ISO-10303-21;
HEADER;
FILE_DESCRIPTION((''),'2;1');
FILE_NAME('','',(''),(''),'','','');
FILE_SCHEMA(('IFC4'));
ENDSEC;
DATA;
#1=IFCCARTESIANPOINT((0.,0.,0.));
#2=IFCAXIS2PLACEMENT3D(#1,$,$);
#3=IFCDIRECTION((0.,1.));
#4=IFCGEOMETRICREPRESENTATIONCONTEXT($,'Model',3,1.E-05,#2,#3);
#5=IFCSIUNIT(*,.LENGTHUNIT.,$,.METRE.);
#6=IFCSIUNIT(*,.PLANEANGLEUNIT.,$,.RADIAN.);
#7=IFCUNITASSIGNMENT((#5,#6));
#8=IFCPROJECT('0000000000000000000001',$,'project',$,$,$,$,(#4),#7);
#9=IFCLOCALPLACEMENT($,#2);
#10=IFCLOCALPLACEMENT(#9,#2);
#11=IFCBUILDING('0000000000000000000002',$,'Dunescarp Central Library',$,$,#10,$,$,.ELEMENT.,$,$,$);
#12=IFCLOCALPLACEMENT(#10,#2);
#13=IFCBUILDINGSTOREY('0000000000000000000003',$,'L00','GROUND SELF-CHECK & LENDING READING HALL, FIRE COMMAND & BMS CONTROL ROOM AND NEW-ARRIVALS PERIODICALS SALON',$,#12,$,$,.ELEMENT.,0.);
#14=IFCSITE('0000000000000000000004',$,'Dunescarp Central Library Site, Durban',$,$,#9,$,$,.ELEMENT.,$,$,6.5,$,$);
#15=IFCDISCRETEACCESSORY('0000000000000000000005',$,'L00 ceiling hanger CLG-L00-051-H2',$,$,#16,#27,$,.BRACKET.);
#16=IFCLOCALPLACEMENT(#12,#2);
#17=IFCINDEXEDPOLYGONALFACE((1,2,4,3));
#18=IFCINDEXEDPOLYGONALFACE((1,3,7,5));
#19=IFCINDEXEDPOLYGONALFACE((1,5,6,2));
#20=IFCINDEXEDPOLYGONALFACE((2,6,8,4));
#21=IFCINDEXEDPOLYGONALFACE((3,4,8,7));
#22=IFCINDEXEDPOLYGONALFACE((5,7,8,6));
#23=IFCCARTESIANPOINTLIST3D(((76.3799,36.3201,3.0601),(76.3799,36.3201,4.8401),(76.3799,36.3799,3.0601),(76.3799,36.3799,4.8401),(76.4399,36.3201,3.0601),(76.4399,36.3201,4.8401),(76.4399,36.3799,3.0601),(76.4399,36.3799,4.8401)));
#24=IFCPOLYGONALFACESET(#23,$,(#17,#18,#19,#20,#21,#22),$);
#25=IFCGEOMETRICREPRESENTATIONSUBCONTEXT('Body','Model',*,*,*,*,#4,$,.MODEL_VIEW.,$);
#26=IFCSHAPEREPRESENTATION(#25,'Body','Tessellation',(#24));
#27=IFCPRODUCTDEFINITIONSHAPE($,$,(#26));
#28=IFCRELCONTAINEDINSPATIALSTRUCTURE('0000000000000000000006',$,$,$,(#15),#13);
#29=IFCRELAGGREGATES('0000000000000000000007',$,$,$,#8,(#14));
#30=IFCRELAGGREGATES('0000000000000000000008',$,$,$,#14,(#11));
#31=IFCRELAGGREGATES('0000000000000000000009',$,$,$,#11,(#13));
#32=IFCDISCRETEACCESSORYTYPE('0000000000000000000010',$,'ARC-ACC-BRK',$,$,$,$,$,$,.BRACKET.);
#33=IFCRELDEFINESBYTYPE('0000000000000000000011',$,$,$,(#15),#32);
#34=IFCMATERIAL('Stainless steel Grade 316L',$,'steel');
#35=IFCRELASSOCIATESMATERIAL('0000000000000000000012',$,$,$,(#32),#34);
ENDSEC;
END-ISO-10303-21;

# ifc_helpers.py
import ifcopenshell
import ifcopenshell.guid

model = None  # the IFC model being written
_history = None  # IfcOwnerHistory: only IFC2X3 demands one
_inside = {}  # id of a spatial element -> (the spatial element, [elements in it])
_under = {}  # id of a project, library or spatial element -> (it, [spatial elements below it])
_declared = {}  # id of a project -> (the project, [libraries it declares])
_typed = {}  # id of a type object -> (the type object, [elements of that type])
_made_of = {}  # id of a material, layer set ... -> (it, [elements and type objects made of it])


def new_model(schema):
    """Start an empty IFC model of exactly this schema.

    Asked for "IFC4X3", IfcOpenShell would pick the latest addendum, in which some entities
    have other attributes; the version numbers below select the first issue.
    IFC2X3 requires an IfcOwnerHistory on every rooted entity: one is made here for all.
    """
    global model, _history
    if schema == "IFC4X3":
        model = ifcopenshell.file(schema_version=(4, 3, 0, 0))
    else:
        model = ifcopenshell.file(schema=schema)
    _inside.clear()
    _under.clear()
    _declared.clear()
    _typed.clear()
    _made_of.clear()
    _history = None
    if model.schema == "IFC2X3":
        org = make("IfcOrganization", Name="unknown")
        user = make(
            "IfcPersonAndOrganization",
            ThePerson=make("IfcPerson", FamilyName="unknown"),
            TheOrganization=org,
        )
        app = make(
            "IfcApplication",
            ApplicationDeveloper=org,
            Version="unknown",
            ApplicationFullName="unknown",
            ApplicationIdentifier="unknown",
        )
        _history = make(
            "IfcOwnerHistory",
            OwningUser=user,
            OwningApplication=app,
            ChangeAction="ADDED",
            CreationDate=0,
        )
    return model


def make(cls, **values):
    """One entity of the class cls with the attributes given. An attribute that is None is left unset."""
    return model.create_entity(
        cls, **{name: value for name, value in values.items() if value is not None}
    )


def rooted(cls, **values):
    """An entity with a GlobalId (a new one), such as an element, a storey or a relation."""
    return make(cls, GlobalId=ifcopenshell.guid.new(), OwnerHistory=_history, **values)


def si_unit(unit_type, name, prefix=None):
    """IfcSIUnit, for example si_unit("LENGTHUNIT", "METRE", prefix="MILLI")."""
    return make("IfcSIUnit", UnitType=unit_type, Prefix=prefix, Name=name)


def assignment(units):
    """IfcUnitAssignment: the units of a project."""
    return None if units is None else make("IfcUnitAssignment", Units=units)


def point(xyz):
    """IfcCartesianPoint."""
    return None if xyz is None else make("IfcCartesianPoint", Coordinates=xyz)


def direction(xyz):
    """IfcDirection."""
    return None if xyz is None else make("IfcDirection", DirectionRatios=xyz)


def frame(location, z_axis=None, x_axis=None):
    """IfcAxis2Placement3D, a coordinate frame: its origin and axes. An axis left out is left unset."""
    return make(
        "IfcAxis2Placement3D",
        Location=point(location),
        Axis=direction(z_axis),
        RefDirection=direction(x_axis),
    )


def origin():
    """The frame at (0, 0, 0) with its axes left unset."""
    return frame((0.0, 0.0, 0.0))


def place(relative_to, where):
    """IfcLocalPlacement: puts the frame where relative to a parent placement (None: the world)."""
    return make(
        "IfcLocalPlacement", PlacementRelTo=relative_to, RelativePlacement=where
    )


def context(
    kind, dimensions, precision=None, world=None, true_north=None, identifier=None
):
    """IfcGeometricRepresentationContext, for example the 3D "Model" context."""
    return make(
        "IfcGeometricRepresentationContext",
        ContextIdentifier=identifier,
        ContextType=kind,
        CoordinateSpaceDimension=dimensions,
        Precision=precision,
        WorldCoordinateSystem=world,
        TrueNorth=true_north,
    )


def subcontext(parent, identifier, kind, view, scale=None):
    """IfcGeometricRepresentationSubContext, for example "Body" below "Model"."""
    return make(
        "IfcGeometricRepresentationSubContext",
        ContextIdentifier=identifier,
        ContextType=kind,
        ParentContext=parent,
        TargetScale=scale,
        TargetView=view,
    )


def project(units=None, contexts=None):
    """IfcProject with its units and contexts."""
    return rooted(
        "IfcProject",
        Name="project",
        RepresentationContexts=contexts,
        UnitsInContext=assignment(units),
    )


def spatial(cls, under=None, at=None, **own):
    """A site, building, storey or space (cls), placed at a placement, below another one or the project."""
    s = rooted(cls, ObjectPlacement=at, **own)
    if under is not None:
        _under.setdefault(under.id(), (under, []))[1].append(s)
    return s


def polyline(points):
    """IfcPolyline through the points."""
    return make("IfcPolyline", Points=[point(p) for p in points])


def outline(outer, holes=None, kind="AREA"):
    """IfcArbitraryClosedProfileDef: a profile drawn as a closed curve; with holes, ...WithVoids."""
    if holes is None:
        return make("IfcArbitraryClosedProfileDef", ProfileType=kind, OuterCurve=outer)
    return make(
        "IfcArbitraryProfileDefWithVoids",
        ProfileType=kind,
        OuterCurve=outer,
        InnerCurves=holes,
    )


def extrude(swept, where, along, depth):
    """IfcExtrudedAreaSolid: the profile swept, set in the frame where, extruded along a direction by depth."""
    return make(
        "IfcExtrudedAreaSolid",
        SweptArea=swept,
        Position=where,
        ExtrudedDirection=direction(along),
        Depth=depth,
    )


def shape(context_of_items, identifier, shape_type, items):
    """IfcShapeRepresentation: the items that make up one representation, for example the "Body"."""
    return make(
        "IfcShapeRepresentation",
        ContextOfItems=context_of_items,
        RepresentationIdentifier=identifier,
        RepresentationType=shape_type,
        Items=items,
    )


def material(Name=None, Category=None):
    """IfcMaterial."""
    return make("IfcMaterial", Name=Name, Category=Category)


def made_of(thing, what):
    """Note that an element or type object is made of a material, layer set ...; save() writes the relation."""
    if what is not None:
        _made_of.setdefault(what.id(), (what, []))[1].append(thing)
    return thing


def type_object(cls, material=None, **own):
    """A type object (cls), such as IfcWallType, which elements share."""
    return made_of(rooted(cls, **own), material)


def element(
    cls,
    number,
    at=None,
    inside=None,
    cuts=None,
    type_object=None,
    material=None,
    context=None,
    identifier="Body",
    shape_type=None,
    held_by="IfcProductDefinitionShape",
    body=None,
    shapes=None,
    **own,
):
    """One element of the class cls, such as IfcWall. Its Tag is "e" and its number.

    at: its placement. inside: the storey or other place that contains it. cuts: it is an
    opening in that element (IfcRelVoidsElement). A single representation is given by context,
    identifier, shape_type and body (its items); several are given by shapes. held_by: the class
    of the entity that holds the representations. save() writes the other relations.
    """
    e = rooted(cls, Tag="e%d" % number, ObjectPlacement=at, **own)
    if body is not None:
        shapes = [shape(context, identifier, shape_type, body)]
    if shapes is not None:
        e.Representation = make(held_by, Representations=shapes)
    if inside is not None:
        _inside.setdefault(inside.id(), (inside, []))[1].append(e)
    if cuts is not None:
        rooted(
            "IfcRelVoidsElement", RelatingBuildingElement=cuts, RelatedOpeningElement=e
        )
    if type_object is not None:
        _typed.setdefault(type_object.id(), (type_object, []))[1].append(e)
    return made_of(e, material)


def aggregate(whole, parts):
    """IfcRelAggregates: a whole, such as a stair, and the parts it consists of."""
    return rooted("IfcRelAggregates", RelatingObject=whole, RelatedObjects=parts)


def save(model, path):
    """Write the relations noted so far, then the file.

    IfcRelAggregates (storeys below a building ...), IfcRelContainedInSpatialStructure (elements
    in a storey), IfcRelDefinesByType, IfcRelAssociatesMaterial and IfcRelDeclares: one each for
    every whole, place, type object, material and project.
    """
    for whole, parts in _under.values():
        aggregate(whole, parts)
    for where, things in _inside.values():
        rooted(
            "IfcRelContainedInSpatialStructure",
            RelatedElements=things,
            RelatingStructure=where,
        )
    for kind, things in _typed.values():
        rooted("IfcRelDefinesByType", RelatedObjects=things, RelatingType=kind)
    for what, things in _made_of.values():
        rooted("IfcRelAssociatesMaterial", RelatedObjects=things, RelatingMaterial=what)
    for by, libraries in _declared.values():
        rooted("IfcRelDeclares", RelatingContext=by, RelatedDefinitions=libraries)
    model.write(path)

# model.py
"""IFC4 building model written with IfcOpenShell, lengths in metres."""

from ifc_helpers import new_model, si_unit, direction, frame, origin, place, context, subcontext, project, spatial, polyline, outline, extrude, material, type_object, element, save


model = new_model("IFC4")

# Units and contexts
model_context = context("Model", 3, precision=1e-05, world=origin(), true_north=direction((0.0, 1.0)))
body_context = subcontext(model_context, "Body", "Model", "MODEL_VIEW")
ifc_project = project(units=[si_unit("LENGTHUNIT", "METRE"), si_unit("PLANEANGLEUNIT", "RADIAN")], contexts=[model_context])

# Site, building, storey
site_placement = place(None, origin())
site = spatial("IfcSite", under=ifc_project, at=site_placement, Name="Dunescarp Central Library Site, Durban", CompositionType="ELEMENT", RefElevation=6.5)
building_placement = place(site_placement, origin())
building = spatial("IfcBuilding", under=site, at=building_placement, Name="Dunescarp Central Library", CompositionType="ELEMENT")
storey_placement = place(building_placement, origin())
storey = spatial("IfcBuildingStorey", under=building, at=storey_placement, Name="L00", Description="GROUND SELF-CHECK & LENDING READING HALL, FIRE COMMAND & BMS CONTROL ROOM AND NEW-ARRIVALS PERIODICALS SALON", CompositionType="ELEMENT", Elevation=0.0)

# Discrete accessory
ifc_material_1 = material(Name="Stainless steel Grade 316L", Category="steel")
discrete_accessory_type = type_object("IfcDiscreteAccessoryType", Name="ARC-ACC-BRK", PredefinedType="BRACKET", material=ifc_material_1)
discrete_accessory_1_placement = place(storey_placement, frame((0.0, 0.0, 3.0601)))
element("IfcDiscreteAccessory", 1, at=discrete_accessory_1_placement, inside=storey, type_object=discrete_accessory_type, Name="L00 ceiling hanger CLG-L00-051-H2", PredefinedType="BRACKET", context=body_context, shape_type="SweptSolid", body=[
    extrude(outline(polyline([(76.3799, 36.3201), (76.4399, 36.3201), (76.4399, 36.3799), (76.3799, 36.3799), (76.3799, 36.3201)])), origin(), (0.0, 0.0, 1.0), 1.78),
])

save(model, "model.ifc")
